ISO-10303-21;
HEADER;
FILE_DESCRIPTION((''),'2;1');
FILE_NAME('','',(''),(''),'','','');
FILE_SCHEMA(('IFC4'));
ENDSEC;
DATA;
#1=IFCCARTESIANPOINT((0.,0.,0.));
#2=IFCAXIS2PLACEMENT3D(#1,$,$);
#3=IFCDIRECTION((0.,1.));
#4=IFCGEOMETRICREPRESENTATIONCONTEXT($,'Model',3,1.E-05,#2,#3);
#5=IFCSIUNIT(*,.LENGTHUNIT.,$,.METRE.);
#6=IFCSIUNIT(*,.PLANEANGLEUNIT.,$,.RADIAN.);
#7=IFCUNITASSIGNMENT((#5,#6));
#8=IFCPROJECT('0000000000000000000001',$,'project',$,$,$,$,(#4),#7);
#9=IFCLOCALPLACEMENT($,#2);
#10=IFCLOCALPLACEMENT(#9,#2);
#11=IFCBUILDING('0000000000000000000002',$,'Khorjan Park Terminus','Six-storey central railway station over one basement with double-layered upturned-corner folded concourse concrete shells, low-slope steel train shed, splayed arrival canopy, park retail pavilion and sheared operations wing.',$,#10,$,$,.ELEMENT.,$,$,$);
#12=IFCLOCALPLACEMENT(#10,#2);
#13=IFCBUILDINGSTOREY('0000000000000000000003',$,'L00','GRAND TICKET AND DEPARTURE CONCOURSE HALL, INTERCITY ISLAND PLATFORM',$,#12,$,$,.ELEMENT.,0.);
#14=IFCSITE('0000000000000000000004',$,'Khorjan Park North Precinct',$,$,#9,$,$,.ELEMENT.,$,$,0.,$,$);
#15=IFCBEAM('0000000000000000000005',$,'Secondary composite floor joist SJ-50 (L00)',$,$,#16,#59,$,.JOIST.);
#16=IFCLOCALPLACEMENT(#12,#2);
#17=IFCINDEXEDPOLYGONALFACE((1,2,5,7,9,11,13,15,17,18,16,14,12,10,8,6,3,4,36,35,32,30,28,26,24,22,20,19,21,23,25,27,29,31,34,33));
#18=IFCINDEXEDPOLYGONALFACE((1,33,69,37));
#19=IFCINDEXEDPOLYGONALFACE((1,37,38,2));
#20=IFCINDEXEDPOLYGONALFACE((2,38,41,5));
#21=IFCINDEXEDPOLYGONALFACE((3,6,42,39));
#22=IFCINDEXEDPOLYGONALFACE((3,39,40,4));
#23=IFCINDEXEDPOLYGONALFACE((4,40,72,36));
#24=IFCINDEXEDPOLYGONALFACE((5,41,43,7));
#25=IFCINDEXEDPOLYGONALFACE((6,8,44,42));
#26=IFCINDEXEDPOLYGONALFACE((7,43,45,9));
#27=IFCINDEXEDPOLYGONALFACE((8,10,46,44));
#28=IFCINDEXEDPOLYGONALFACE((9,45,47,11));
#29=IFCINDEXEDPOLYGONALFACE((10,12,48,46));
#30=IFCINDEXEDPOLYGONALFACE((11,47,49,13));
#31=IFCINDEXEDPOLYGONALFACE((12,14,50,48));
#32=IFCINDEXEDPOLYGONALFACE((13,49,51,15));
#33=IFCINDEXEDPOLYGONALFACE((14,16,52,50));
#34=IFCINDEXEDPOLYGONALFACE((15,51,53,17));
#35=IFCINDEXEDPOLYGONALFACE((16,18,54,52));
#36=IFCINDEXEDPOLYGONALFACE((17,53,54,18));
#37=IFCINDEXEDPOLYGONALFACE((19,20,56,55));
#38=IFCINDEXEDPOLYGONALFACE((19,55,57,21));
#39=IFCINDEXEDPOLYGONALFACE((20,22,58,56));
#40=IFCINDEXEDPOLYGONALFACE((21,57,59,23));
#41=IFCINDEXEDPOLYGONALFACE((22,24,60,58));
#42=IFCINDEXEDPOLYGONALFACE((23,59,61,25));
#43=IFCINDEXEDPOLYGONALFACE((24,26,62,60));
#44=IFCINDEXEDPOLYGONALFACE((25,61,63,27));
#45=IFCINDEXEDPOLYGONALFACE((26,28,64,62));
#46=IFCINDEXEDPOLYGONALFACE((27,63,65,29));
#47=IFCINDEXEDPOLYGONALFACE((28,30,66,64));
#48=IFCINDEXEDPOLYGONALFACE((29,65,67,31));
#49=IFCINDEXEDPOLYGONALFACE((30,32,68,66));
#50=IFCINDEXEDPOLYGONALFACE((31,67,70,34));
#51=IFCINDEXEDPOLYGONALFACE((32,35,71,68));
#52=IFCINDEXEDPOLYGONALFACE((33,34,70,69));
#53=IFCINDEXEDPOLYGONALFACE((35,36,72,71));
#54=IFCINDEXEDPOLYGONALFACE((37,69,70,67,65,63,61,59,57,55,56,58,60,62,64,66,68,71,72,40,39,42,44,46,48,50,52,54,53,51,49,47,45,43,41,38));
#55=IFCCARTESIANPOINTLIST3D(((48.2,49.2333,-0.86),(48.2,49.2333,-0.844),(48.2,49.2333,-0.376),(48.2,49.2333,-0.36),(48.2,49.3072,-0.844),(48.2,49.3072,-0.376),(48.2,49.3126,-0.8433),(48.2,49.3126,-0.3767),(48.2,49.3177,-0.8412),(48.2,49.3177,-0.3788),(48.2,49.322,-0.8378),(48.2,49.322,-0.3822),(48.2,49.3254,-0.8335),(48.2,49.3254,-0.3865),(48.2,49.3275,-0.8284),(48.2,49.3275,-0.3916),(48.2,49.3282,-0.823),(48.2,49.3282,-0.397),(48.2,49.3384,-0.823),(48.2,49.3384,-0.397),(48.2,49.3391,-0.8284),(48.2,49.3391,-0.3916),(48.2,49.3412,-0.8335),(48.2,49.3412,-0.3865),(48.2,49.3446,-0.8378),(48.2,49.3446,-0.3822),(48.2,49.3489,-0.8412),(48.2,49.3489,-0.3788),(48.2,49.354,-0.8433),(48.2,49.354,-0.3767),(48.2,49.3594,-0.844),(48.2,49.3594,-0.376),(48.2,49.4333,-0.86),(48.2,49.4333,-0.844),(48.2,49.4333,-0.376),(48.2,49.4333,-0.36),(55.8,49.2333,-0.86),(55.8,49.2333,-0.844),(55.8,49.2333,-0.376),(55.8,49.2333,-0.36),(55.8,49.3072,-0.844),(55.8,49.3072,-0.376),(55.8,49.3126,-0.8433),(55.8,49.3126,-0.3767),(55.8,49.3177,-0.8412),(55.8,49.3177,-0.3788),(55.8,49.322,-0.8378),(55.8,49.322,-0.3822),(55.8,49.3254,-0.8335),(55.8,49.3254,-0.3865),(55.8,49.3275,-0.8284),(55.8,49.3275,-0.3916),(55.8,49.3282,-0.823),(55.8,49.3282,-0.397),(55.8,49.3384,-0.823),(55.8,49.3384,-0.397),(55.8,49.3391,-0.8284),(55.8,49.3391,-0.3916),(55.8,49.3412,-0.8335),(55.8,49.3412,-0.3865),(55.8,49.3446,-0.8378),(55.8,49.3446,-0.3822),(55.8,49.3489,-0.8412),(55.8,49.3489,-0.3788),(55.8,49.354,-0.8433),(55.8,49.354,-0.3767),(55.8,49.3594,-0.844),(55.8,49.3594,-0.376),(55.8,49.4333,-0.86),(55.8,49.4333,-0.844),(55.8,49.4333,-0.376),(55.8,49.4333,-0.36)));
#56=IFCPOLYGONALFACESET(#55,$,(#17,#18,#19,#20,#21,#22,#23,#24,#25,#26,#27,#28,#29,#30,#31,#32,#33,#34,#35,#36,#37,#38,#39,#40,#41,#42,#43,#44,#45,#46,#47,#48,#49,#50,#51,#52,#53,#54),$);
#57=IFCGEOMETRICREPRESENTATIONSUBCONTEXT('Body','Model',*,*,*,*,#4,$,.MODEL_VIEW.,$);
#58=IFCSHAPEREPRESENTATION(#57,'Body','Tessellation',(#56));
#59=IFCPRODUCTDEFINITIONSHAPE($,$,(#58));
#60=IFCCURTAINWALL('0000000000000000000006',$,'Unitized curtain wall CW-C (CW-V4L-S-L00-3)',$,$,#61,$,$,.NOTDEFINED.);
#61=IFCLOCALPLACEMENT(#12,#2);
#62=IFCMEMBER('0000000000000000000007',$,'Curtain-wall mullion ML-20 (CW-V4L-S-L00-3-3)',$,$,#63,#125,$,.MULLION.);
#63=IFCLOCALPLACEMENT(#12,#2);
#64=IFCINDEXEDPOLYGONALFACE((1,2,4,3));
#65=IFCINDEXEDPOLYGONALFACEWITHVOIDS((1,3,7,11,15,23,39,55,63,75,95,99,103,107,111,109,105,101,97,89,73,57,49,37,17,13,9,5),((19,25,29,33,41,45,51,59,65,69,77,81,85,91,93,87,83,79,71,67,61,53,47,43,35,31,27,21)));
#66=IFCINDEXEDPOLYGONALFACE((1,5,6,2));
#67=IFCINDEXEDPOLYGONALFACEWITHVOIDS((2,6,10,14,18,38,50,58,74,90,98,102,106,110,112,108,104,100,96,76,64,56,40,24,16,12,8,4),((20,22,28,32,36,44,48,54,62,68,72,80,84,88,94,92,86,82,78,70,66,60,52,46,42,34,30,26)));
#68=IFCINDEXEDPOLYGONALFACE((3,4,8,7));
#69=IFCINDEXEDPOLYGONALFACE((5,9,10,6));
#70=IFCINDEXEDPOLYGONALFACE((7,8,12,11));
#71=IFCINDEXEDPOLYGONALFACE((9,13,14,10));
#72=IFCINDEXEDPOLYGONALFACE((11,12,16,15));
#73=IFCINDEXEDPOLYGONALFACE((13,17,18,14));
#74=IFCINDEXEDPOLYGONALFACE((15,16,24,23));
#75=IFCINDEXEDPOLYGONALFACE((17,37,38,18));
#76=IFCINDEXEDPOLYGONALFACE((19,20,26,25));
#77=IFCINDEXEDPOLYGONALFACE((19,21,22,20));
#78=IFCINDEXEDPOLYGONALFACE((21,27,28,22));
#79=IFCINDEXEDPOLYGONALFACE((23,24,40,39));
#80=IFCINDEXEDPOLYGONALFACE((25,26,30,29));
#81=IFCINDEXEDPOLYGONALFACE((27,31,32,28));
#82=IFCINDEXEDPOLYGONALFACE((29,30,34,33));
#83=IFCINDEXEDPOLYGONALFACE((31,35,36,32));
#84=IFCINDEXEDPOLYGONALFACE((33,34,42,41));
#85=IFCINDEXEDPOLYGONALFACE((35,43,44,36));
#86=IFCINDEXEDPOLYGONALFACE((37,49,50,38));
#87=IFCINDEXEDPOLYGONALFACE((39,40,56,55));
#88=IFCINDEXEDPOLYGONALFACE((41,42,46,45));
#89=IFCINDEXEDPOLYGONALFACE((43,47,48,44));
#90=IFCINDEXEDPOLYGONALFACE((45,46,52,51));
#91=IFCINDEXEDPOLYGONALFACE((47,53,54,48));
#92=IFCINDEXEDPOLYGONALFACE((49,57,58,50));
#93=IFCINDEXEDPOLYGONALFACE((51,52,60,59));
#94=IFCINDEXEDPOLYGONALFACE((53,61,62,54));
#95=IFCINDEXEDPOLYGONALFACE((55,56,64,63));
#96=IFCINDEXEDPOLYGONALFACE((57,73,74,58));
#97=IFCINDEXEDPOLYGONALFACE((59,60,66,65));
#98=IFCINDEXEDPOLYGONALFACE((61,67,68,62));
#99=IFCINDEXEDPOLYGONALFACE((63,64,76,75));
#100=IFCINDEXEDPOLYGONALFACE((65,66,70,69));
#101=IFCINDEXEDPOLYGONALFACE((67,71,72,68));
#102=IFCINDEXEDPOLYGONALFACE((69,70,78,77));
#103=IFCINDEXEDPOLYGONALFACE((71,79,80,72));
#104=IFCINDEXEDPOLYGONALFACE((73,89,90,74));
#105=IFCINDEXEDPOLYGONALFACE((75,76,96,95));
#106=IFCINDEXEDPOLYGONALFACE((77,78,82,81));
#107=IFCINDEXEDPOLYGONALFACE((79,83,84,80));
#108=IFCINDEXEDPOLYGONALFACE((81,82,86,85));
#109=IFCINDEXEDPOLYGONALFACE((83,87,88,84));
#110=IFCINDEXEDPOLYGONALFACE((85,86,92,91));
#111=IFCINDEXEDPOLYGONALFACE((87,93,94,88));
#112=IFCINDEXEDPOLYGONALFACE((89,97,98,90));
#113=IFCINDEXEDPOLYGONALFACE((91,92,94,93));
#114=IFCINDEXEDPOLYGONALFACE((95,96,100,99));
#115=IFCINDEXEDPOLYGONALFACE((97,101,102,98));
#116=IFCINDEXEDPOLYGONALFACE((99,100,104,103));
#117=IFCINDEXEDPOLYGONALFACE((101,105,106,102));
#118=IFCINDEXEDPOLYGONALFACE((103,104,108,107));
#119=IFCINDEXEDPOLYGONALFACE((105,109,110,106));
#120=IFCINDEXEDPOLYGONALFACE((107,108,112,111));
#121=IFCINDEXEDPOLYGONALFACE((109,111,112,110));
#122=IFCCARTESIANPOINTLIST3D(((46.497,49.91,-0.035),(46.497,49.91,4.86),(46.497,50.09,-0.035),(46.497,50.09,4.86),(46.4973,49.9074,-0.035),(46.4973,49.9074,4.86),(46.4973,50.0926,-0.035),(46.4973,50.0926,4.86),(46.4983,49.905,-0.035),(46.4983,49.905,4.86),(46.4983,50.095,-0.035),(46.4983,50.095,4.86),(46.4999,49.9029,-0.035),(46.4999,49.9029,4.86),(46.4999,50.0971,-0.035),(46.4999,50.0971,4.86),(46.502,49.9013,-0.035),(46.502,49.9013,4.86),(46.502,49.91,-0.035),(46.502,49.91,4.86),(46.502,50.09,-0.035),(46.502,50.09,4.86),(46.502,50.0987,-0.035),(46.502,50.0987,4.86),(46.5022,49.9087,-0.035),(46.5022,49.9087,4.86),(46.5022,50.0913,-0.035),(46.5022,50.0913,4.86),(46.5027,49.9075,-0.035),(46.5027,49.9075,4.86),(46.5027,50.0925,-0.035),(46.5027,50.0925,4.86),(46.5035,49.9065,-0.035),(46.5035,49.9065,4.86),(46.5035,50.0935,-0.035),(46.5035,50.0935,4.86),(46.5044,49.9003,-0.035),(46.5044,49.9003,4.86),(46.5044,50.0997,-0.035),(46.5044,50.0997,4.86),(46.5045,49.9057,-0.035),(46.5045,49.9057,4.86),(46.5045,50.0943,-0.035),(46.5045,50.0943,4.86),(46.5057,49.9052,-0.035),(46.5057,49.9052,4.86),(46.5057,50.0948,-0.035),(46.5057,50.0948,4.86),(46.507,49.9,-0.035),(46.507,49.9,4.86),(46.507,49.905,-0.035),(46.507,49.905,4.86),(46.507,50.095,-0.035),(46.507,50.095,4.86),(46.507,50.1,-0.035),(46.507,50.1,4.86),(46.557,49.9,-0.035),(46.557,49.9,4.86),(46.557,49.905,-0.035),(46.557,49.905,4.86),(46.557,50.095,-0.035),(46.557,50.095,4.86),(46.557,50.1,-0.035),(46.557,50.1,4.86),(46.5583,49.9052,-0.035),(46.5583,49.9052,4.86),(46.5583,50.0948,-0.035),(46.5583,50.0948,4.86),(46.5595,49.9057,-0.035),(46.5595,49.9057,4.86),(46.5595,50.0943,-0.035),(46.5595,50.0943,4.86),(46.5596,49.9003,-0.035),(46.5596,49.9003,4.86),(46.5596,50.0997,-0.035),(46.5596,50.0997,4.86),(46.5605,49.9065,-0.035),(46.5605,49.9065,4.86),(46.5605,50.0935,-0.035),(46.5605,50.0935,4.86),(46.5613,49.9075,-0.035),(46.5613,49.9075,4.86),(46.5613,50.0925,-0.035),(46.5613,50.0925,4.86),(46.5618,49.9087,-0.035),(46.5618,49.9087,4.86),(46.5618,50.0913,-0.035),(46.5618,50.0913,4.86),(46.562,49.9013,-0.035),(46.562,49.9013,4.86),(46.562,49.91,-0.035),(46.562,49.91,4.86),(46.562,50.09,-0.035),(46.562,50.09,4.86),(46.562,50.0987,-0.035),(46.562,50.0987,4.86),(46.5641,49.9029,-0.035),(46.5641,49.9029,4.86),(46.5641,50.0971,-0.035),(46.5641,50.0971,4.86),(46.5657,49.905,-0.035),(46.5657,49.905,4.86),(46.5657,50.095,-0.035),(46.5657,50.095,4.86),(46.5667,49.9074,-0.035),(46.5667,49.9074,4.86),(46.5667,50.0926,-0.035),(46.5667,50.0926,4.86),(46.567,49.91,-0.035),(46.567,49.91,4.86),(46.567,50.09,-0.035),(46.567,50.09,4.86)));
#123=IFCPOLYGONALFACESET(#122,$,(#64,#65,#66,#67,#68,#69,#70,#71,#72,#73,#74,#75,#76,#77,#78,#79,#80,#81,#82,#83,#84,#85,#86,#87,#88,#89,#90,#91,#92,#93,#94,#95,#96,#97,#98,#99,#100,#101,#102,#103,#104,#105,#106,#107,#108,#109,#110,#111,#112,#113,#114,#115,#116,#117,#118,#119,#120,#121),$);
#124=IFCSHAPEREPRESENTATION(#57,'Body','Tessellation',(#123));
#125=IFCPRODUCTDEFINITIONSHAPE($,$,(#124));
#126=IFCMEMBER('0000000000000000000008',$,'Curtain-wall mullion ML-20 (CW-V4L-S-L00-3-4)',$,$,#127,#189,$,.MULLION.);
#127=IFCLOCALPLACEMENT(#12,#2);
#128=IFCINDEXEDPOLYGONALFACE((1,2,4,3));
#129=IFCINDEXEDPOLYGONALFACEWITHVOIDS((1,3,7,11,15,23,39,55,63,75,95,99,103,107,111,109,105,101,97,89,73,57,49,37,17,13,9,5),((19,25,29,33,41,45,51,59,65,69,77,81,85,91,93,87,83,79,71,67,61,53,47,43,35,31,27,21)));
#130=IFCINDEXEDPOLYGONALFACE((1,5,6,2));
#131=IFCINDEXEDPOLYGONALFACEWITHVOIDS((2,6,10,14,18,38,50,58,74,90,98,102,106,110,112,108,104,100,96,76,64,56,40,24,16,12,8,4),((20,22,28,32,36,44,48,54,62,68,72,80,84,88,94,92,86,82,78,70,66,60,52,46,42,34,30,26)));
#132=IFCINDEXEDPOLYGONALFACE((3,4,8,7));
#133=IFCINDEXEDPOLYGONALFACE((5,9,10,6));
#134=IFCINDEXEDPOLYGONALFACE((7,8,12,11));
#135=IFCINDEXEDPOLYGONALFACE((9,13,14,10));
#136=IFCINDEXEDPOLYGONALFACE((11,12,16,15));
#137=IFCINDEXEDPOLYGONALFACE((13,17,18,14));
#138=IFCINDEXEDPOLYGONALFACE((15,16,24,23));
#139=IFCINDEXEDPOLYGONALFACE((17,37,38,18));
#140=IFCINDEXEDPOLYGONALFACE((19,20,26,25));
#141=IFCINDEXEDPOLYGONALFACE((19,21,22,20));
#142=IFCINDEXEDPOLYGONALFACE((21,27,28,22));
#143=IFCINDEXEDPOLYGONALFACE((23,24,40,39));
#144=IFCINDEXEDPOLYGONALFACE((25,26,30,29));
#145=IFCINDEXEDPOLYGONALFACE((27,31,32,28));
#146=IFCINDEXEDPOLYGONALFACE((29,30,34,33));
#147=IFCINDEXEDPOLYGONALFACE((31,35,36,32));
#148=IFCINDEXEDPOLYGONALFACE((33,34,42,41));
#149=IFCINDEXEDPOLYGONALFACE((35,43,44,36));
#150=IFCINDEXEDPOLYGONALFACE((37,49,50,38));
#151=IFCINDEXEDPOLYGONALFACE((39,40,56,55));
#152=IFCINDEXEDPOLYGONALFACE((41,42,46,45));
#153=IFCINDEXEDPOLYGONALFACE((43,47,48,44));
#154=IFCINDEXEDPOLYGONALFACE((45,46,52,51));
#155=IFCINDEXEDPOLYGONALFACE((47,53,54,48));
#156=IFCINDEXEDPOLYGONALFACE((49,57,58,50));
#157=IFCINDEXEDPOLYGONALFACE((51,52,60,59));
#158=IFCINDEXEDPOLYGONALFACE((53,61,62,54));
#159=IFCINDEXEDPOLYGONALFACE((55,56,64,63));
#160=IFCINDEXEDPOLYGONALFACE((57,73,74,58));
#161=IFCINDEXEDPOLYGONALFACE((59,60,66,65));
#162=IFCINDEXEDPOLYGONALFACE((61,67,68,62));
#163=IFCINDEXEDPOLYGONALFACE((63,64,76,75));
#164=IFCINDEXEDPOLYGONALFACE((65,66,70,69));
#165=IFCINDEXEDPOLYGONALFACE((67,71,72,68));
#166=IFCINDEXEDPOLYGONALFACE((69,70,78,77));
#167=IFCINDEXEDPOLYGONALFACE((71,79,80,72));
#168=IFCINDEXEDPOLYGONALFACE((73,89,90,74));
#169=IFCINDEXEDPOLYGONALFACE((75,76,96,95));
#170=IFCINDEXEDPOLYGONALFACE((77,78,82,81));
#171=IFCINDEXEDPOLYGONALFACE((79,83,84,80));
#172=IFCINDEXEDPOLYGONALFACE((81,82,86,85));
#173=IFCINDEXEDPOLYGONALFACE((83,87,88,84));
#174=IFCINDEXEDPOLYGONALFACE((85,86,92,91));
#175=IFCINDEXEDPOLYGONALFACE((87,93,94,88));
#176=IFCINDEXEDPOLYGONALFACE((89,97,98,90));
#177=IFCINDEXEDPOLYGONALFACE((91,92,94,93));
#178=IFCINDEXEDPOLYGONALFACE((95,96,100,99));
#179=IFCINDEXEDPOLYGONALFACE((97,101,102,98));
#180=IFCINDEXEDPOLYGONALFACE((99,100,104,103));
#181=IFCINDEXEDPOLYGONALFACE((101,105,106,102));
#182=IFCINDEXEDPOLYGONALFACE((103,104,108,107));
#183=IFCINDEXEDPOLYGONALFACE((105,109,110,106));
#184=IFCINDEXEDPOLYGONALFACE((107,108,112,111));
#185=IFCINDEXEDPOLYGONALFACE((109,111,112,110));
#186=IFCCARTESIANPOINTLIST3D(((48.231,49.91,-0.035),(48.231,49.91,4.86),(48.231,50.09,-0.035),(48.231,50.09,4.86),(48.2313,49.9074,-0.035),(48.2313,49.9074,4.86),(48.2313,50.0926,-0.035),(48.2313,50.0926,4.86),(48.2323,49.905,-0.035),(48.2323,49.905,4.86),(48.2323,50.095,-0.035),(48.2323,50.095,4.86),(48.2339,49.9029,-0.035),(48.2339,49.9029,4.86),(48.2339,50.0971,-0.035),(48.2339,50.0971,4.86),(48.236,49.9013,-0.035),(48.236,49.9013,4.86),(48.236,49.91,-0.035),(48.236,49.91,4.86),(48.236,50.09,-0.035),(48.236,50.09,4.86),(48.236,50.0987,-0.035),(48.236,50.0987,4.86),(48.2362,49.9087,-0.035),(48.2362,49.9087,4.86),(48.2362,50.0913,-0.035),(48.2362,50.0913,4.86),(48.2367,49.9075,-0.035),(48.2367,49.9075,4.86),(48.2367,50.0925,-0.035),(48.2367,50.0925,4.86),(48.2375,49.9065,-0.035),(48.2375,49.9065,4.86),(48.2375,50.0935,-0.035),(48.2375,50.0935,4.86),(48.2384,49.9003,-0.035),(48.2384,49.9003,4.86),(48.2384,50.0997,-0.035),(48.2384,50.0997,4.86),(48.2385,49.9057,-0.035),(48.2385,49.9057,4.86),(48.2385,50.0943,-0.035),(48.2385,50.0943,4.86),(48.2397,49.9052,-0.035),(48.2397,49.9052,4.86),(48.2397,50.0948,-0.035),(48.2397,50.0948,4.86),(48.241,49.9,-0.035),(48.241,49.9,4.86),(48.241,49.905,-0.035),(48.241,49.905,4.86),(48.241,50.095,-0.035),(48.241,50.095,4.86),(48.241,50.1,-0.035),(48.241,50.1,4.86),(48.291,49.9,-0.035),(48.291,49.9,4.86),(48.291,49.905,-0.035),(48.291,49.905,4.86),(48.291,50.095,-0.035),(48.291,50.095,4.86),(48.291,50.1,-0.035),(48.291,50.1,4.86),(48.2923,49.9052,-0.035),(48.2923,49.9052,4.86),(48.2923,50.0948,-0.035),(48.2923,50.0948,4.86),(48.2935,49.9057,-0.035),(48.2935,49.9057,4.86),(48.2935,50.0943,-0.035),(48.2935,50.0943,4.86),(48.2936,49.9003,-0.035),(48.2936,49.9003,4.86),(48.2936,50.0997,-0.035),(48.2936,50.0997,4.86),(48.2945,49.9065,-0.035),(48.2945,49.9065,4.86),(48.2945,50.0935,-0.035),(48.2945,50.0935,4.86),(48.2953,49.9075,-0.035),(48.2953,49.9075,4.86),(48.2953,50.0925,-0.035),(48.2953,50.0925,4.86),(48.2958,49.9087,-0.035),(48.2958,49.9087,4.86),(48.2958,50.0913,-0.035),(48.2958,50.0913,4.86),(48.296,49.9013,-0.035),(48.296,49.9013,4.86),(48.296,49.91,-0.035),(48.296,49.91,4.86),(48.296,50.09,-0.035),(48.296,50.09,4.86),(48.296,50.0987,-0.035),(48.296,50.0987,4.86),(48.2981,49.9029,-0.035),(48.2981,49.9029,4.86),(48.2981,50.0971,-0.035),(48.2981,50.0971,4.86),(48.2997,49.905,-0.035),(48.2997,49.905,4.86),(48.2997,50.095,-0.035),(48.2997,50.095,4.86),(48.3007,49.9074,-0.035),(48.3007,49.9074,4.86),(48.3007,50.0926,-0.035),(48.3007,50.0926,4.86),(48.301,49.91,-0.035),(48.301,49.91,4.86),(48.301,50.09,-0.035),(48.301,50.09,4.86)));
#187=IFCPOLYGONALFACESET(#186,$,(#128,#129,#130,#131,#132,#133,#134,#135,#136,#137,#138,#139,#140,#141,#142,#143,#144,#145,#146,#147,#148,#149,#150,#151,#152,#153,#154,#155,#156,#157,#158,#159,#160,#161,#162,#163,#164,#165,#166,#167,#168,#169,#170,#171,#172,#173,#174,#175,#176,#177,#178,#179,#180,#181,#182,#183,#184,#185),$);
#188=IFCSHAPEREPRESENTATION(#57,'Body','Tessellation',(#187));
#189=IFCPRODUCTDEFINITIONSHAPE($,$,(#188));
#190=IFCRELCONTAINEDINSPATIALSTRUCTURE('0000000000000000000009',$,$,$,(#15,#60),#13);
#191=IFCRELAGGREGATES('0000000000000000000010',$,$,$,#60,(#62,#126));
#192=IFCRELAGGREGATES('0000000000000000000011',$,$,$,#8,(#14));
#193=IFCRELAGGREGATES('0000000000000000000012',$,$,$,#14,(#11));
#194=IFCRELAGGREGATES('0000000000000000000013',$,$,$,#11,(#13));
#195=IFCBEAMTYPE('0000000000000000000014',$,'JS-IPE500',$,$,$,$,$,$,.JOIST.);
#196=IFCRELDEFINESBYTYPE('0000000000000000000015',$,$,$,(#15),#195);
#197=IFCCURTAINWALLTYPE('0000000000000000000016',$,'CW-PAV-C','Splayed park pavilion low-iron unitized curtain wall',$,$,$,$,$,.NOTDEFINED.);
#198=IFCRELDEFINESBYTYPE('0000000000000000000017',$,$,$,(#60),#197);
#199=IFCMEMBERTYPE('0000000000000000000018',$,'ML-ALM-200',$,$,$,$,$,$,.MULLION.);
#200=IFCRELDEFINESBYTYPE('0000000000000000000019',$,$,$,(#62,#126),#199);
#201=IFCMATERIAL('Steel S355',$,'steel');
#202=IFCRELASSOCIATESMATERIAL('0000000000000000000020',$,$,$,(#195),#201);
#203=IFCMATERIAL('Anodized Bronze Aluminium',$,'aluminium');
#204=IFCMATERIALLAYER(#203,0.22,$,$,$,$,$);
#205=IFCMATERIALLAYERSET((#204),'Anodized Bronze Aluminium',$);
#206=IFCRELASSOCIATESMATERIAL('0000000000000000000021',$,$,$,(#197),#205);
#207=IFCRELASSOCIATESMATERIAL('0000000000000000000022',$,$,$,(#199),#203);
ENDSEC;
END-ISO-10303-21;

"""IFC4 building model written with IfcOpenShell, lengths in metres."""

from ifc_helpers import new_model, si_unit, direction, frame, origin, origin_2d, place, context, subcontext, project, spatial, hollow_rectangle, i_section, extrude, material, layer, layer_set, material_profile, profile_set, type_object, element, aggregate, save


model = new_model("IFC4")

# Units and contexts
model_context = context("Model", 3, precision=1e-05, world=origin(), true_north=direction((0.0, 1.0)))
body_context = subcontext(model_context, "Body", "Model", "MODEL_VIEW")
ifc_project = project(units=[si_unit("LENGTHUNIT", "METRE"), si_unit("PLANEANGLEUNIT", "RADIAN")], contexts=[model_context])

# Site, building, storey
site_placement = place(None, origin())
site = spatial("IfcSite", under=ifc_project, at=site_placement, Name="Khorjan Park North Precinct", CompositionType="ELEMENT", RefElevation=0.0)
building_placement = place(site_placement, origin())
building = spatial("IfcBuilding", under=site, at=building_placement, Name="Khorjan Park Terminus", Description="Six-storey central railway station over one basement with double-layered upturned-corner folded concourse concrete shells, low-slope steel train shed, splayed arrival canopy, park retail pavilion and sheared operations wing.", CompositionType="ELEMENT")
storey_placement = place(building_placement, origin())
storey = spatial("IfcBuildingStorey", under=building, at=storey_placement, Name="L00", Description="GRAND TICKET AND DEPARTURE CONCOURSE HALL, INTERCITY ISLAND PLATFORM", CompositionType="ELEMENT", Elevation=0.0)

# Beam
ifc_material_1 = material(Name="Steel S355", Category="steel")
ifc_material_profile_1 = material_profile(ifc_material_1, i_section(OverallWidth=0.2, OverallDepth=0.5, WebThickness=0.0102, FlangeThickness=0.016, FilletRadius=0.021, at=origin_2d()), Name="IPE 500")
ifc_profile_set_1 = profile_set([ifc_material_profile_1], Name="Steel S355")
beam_type_1 = type_object("IfcBeamType", Name="JS-IPE500", PredefinedType="JOIST", material=ifc_profile_set_1)
beam_1_placement = place(storey_placement, frame((48.2, 49.3333, -0.61), z_axis=(1.0, 0.0, 0.0), x_axis=(0.0, 1.0, 0.0)))
element("IfcBeam", 1, at=beam_1_placement, inside=storey, type_object=beam_type_1, Name="Secondary composite floor joist SJ-50 (L00)", PredefinedType="JOIST", context=body_context, shape_type="SweptSolid", body=[
    extrude(i_section(OverallWidth=0.2, OverallDepth=0.5, WebThickness=0.0102, FlangeThickness=0.016, FilletRadius=0.021, at=origin_2d()), origin(), (0.0, 0.0, 1.0), 7.6),
])

# Curtain wall, members
ifc_material_2 = material(Name="Anodized Bronze Aluminium", Category="aluminium")
ifc_layer_1 = layer(ifc_material_2, 0.22)
ifc_layer_set_1 = layer_set([ifc_layer_1], Name="Anodized Bronze Aluminium")
curtain_wall_type = type_object("IfcCurtainWallType", Name="CW-PAV-C", Description="Splayed park pavilion low-iron unitized curtain wall", PredefinedType="NOTDEFINED", material=ifc_layer_set_1)
curtain_wall_placement = place(storey_placement, origin())
curtain_wall = element("IfcCurtainWall", 2, at=curtain_wall_placement, inside=storey, type_object=curtain_wall_type, Name="Unitized curtain wall CW-C (CW-V4L-S-L00-3)", PredefinedType="NOTDEFINED")
ifc_material_profile_2 = material_profile(ifc_material_2, hollow_rectangle(XDim=0.07, YDim=0.2, WallThickness=0.005, InnerFilletRadius=0.005, OuterFilletRadius=0.01, at=origin_2d()), Name="ALM 70x200x5")
ifc_profile_set_2 = profile_set([ifc_material_profile_2], Name="Anodized Bronze Aluminium")
member_type_1 = type_object("IfcMemberType", Name="ML-ALM-200", PredefinedType="MULLION", material=ifc_profile_set_2)
member_1_placement = place(storey_placement, frame((46.532, 50.0, -0.035), z_axis=(0.0, 0.0, 1.0), x_axis=(1.0, 0.0, 0.0)))
member_1 = element("IfcMember", 3, at=member_1_placement, type_object=member_type_1, Name="Curtain-wall mullion ML-20 (CW-V4L-S-L00-3-3)", PredefinedType="MULLION", context=body_context, shape_type="SweptSolid", body=[
    extrude(hollow_rectangle(XDim=0.07, YDim=0.2, WallThickness=0.005, InnerFilletRadius=0.005, OuterFilletRadius=0.01, at=origin_2d()), origin(), (0.0, 0.0, 1.0), 4.895),
])
member_2_placement = place(storey_placement, frame((48.266, 50.0, -0.035), z_axis=(0.0, 0.0, 1.0), x_axis=(1.0, 0.0, 0.0)))
member_2 = element("IfcMember", 4, at=member_2_placement, type_object=member_type_1, Name="Curtain-wall mullion ML-20 (CW-V4L-S-L00-3-4)", PredefinedType="MULLION", context=body_context, shape_type="SweptSolid", body=[
    extrude(hollow_rectangle(XDim=0.07, YDim=0.2, WallThickness=0.005, InnerFilletRadius=0.005, OuterFilletRadius=0.01, at=origin_2d()), origin(), (0.0, 0.0, 1.0), 4.895),
])
aggregate(curtain_wall, [member_1, member_2])

save(model, "model.ifc")
